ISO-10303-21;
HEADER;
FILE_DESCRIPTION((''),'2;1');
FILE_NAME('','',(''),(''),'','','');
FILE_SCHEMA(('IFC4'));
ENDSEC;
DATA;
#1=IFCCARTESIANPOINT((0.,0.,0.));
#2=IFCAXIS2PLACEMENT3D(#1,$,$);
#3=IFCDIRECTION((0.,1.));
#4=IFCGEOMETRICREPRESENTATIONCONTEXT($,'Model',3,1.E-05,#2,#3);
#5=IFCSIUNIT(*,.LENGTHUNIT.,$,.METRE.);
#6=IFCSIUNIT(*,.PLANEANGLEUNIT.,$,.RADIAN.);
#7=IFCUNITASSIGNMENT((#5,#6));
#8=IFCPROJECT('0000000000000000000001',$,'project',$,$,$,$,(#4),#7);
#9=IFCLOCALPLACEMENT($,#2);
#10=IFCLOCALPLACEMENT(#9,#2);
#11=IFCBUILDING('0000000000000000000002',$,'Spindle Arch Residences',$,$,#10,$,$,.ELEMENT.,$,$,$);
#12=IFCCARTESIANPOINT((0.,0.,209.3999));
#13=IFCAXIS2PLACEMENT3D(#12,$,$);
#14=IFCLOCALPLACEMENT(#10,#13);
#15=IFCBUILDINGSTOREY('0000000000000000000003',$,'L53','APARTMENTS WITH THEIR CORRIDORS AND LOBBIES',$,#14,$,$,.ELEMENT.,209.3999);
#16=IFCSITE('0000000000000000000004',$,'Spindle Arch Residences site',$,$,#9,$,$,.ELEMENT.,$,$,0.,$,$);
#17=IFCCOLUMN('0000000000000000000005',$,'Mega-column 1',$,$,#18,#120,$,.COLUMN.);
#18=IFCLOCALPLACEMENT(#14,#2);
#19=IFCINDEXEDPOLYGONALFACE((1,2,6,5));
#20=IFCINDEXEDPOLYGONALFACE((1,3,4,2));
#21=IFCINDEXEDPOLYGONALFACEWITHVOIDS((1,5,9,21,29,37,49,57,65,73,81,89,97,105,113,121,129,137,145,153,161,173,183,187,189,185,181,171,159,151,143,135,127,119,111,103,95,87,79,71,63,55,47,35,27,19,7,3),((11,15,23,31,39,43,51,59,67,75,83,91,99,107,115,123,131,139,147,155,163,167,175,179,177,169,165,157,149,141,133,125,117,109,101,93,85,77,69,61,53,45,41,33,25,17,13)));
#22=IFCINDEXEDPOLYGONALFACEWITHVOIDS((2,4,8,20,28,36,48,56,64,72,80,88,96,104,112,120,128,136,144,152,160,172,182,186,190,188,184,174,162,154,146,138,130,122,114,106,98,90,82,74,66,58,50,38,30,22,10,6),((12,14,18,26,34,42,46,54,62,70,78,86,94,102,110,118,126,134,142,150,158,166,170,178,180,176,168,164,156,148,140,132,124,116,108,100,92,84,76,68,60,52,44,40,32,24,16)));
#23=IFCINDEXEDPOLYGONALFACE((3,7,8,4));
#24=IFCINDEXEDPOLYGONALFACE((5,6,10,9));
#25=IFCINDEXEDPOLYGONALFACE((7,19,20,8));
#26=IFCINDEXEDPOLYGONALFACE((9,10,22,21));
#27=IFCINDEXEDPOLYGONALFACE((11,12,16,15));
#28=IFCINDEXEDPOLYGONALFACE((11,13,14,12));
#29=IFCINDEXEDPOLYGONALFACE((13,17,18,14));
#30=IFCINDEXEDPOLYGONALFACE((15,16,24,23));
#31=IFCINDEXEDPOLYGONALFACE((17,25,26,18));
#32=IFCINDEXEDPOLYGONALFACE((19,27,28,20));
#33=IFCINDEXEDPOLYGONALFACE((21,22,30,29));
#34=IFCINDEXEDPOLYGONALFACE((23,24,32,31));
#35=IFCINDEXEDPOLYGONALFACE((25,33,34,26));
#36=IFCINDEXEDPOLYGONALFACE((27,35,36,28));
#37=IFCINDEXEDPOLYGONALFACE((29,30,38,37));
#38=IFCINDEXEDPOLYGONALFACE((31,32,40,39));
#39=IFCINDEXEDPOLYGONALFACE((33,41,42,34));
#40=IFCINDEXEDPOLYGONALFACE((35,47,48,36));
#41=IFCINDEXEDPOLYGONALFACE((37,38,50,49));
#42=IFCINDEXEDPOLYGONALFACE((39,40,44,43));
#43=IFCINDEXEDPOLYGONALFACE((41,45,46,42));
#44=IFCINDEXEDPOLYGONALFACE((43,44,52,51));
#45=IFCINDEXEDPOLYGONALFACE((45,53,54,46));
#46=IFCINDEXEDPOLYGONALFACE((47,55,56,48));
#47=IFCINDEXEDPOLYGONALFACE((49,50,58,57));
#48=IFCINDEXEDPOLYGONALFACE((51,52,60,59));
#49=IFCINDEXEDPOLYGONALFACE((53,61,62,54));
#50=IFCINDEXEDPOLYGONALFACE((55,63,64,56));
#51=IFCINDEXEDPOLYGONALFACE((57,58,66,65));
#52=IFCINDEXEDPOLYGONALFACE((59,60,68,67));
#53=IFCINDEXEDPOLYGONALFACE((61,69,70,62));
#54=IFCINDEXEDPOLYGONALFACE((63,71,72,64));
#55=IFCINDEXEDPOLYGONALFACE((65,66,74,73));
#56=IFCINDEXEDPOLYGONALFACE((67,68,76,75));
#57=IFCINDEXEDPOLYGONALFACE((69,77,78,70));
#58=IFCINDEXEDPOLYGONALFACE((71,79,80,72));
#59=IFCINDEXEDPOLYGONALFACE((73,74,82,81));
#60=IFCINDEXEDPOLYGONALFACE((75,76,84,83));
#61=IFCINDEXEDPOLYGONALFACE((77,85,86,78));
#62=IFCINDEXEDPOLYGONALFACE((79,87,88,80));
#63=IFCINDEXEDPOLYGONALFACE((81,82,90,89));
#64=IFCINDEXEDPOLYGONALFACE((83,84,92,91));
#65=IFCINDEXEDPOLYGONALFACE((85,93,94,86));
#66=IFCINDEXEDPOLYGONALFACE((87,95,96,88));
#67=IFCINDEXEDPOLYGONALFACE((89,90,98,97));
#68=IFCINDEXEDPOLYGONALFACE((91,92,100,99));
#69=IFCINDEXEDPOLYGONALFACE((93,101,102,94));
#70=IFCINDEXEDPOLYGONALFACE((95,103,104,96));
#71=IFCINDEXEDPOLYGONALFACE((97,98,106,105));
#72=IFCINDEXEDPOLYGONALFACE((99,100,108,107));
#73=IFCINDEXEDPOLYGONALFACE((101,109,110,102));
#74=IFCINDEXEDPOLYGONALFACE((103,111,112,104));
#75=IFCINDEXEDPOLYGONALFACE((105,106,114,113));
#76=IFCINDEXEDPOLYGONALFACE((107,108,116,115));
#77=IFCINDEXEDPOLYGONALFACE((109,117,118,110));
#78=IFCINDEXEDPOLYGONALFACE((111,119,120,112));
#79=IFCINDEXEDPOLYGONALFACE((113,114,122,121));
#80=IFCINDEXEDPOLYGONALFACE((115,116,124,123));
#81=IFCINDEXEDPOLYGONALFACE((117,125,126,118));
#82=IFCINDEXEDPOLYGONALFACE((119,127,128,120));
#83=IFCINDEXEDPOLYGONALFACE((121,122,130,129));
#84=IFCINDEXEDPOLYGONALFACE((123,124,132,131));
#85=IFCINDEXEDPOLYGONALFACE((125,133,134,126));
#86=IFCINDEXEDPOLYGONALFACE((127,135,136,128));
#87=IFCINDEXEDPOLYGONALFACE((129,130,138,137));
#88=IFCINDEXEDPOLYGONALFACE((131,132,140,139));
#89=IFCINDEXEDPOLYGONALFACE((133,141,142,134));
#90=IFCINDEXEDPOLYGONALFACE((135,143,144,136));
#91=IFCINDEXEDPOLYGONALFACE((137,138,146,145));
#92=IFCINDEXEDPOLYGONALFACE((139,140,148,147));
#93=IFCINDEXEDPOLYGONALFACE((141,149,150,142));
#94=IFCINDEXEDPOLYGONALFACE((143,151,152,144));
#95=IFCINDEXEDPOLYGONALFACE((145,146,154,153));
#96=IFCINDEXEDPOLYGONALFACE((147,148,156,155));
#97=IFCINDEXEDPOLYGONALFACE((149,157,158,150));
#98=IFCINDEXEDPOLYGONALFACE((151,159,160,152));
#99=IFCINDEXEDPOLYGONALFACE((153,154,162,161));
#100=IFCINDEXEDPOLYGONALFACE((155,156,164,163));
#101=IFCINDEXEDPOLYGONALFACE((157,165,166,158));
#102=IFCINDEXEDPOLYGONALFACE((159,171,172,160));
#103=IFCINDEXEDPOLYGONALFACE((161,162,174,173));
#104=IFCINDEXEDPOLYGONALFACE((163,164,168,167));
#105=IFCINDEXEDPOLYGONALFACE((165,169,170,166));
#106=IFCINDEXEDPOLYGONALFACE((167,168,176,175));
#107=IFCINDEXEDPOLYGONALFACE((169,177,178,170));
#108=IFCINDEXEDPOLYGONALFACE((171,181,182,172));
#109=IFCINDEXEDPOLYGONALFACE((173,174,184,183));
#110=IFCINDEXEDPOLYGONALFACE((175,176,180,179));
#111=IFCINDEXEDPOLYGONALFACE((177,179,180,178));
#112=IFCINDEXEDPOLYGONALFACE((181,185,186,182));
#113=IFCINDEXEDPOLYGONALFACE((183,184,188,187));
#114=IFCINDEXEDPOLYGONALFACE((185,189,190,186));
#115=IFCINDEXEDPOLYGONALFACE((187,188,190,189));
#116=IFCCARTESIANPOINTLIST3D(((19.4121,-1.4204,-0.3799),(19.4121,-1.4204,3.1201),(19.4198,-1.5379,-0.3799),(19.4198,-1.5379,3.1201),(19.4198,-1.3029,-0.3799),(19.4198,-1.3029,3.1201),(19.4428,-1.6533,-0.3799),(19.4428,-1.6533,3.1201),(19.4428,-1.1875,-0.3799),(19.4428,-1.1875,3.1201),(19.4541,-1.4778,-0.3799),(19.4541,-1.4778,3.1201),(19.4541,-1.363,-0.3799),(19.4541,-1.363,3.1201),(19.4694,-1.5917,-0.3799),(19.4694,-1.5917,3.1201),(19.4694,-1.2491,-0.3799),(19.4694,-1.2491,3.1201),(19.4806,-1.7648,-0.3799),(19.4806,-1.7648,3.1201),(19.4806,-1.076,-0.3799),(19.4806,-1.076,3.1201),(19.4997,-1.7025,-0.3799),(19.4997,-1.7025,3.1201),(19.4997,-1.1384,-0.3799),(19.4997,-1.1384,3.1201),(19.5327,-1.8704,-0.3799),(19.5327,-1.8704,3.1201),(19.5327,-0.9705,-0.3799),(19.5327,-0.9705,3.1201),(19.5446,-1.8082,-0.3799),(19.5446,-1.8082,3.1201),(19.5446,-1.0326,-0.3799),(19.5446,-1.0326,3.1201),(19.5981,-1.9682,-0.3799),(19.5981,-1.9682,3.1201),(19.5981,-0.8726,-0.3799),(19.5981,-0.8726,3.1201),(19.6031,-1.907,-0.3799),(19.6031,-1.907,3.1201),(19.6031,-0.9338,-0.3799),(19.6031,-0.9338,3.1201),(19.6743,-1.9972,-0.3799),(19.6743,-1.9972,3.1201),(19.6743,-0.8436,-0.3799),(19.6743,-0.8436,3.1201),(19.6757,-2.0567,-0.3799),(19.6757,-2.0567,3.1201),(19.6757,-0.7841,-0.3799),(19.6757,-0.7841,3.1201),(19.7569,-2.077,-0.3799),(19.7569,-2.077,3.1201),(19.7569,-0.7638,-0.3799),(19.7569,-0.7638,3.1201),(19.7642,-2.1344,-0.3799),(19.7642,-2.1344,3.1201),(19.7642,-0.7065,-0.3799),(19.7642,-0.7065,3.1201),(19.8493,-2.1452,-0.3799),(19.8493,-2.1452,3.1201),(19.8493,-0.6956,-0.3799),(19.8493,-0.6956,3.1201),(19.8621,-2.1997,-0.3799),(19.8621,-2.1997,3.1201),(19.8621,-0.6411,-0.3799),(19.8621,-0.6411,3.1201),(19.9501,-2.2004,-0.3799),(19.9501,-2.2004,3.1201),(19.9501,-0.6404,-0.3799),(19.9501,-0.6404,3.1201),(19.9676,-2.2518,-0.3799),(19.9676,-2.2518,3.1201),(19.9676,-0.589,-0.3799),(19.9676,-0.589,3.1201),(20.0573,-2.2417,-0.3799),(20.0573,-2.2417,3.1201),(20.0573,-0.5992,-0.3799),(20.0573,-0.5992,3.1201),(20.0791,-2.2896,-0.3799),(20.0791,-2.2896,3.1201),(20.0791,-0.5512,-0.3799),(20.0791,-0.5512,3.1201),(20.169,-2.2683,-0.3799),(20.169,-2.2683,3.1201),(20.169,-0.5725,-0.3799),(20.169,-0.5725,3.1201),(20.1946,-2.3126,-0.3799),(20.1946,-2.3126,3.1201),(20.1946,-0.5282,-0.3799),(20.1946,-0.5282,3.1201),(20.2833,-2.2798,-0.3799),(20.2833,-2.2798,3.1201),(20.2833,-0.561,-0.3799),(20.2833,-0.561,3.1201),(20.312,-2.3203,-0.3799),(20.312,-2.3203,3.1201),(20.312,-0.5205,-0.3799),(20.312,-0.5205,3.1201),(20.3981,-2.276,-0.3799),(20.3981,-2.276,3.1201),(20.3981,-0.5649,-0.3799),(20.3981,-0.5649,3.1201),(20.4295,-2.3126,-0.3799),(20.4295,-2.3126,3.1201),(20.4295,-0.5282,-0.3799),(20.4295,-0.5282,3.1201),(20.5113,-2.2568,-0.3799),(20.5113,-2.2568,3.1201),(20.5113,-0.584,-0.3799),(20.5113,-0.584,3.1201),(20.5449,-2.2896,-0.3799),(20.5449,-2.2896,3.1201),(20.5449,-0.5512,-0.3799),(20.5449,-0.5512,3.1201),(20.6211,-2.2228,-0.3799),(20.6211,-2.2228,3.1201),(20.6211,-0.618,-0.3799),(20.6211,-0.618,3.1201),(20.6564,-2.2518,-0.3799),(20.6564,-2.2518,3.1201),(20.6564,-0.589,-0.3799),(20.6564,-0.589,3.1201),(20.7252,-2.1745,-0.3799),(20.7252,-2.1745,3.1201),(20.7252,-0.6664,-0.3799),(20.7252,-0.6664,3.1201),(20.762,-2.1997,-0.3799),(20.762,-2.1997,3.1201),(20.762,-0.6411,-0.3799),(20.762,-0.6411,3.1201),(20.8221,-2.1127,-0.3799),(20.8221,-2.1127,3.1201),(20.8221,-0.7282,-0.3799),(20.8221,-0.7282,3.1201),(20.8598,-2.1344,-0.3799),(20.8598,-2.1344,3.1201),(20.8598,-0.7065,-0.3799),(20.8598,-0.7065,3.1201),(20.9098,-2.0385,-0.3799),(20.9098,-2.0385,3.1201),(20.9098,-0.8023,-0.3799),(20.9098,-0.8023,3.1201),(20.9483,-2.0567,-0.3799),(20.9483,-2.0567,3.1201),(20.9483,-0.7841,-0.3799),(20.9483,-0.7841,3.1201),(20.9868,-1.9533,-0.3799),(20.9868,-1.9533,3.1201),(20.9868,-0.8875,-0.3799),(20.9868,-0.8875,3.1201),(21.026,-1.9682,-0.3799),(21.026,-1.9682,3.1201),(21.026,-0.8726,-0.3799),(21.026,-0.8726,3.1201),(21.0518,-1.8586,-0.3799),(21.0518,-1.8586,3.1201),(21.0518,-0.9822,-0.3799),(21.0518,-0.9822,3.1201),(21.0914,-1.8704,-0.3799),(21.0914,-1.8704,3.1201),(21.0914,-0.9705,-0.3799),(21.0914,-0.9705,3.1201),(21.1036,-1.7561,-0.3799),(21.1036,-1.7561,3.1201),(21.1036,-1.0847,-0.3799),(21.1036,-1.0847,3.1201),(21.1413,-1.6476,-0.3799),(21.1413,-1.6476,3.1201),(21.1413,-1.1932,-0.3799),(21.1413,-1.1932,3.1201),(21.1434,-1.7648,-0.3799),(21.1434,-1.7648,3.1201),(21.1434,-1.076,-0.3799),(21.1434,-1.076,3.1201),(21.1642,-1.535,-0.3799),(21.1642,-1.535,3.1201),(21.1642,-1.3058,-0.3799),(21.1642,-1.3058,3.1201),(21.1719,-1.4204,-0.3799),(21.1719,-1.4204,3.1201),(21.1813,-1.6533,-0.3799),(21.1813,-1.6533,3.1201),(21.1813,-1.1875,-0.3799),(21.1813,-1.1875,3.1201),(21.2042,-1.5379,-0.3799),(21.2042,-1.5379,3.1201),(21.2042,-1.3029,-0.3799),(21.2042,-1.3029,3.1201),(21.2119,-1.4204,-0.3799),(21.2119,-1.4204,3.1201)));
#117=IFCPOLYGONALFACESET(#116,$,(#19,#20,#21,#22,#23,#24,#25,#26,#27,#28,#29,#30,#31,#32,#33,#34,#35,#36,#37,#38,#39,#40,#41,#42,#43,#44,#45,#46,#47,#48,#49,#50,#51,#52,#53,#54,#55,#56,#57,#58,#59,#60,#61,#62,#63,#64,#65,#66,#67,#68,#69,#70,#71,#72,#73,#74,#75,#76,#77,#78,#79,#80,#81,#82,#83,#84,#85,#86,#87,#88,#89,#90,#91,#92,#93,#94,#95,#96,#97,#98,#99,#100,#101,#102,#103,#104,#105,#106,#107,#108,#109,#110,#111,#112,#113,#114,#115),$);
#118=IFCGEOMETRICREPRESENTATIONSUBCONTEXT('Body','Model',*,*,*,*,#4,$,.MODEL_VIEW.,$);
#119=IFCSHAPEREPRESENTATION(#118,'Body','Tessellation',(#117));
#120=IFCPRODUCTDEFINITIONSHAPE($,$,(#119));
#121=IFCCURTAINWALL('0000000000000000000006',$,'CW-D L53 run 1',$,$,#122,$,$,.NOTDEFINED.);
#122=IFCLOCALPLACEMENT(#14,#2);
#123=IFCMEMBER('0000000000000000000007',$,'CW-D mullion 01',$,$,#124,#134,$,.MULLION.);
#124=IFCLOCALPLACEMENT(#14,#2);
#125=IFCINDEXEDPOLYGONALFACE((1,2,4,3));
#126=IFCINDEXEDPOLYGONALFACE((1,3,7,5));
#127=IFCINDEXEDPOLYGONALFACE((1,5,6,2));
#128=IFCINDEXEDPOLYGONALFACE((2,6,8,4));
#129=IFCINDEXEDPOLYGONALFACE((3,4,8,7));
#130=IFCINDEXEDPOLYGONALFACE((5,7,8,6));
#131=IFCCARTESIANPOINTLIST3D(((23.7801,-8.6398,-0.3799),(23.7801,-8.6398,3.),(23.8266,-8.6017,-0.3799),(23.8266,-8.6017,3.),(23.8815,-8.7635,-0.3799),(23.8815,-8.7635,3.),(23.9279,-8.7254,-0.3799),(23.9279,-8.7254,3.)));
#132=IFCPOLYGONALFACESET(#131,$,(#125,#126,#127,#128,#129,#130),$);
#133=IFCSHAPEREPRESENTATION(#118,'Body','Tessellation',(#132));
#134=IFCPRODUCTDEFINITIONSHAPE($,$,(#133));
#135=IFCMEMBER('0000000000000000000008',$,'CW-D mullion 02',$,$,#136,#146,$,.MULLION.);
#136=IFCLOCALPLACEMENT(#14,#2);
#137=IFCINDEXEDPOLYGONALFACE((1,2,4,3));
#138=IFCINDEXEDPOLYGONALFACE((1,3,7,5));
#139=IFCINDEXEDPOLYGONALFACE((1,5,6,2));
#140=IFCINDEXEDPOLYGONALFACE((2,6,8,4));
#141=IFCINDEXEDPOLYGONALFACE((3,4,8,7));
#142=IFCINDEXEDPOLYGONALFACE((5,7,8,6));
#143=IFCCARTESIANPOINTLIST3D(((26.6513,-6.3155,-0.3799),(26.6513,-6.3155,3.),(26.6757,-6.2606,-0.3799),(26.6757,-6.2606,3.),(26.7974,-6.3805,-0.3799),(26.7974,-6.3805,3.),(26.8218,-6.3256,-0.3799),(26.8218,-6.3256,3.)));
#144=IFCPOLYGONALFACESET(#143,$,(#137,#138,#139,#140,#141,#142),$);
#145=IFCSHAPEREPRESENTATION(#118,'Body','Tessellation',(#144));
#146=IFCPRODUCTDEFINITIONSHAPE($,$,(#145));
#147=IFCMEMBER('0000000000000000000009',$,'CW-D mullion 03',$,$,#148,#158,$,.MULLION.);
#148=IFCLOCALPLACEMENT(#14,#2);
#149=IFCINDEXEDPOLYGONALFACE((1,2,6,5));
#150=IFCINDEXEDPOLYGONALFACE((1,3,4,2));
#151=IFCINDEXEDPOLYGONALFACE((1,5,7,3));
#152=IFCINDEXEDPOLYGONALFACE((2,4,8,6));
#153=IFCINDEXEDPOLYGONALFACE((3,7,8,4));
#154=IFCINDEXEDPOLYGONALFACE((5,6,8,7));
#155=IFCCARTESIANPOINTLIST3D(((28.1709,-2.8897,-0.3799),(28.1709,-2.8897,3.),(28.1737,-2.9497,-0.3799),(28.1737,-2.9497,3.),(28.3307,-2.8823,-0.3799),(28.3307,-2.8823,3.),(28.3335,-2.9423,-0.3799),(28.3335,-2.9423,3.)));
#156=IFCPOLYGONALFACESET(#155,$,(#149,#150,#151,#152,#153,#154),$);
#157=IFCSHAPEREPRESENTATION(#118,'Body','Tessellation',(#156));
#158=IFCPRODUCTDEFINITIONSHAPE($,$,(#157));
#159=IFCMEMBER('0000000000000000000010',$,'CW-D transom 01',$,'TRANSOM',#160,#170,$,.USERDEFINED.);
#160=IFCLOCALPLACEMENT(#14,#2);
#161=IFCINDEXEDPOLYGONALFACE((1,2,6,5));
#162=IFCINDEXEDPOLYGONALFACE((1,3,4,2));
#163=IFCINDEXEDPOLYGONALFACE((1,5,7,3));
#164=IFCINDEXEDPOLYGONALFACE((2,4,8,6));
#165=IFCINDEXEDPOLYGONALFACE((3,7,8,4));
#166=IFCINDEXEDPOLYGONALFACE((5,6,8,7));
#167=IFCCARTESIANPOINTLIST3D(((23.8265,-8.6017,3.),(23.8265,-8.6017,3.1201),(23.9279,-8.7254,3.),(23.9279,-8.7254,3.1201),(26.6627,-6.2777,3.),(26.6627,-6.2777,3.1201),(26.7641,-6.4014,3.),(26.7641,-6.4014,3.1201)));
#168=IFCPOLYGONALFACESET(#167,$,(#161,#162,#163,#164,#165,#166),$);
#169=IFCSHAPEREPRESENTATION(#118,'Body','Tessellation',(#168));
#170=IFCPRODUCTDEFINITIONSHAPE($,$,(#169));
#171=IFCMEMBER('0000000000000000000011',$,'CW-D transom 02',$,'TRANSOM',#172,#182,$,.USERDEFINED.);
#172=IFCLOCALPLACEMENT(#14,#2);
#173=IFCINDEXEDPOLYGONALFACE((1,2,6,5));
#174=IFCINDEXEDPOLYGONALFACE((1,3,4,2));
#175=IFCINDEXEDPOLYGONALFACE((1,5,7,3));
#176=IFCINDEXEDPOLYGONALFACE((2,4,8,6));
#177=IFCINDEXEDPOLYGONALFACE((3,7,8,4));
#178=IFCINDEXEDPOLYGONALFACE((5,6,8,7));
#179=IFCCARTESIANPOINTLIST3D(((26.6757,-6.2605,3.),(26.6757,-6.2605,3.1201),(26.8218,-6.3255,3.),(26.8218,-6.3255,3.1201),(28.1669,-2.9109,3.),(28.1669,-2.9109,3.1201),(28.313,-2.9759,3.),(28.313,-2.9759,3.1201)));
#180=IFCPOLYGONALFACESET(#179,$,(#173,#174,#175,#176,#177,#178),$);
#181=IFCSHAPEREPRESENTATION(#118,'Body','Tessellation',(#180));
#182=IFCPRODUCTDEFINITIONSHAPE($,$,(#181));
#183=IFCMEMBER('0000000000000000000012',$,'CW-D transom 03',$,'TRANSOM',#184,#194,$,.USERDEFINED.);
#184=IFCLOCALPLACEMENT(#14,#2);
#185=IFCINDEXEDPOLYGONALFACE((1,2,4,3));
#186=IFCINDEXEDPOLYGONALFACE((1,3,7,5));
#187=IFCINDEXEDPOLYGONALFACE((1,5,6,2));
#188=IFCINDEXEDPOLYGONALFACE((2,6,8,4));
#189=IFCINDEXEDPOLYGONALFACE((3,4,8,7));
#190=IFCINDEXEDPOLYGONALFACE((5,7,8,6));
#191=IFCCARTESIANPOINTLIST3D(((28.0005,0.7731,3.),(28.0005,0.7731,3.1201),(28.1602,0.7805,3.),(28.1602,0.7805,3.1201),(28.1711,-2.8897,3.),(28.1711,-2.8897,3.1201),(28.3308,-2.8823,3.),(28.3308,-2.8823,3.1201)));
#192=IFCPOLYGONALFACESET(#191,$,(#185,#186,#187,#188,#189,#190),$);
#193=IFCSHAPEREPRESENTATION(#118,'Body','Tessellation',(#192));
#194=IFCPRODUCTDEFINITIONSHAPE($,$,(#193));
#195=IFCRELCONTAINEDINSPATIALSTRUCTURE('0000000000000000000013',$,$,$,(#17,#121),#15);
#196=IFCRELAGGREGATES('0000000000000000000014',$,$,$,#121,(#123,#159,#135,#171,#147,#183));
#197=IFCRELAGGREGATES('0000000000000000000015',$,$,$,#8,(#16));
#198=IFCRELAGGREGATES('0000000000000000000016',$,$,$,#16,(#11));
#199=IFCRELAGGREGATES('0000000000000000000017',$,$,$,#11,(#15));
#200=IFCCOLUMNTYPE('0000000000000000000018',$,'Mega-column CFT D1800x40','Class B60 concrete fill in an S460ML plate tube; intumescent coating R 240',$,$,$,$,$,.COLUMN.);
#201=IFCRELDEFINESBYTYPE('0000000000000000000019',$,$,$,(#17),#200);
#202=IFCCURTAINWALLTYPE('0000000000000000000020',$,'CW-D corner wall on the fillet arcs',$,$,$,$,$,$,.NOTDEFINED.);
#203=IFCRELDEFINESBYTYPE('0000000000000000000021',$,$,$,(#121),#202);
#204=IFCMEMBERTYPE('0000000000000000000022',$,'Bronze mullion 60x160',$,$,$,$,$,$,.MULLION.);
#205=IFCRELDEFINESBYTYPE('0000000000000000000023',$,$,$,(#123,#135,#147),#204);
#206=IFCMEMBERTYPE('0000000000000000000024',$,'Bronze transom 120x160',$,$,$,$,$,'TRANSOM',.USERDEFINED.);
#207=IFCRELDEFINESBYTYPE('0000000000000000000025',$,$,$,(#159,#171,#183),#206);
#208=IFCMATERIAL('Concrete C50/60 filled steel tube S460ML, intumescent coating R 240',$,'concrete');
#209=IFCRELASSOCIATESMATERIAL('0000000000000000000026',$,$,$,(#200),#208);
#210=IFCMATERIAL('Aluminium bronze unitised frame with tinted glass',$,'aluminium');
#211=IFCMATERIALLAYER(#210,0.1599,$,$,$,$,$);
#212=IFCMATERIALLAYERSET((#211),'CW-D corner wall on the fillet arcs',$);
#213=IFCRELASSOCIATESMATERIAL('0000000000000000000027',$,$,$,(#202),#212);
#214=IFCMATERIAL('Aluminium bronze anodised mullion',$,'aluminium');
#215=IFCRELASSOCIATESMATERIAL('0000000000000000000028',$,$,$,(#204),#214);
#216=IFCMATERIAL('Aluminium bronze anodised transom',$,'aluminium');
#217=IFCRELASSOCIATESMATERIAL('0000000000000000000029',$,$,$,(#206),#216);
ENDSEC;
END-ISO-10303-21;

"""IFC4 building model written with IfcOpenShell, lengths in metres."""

from ifc_helpers import new_model, si_unit, direction, frame, origin, origin_2d, place, context, subcontext, project, spatial, rectangle, hollow_circle, extrude, material, layer, layer_set, material_profile, profile_set, type_object, element, aggregate, save


model = new_model("IFC4")

# Units and contexts
model_context = context("Model", 3, precision=1e-05, world=origin(), true_north=direction((0.0, 1.0)))
body_context = subcontext(model_context, "Body", "Model", "MODEL_VIEW")
ifc_project = project(units=[si_unit("LENGTHUNIT", "METRE"), si_unit("PLANEANGLEUNIT", "RADIAN")], contexts=[model_context])

# Site, building, storey
site_placement = place(None, origin())
site = spatial("IfcSite", under=ifc_project, at=site_placement, Name="Spindle Arch Residences site", CompositionType="ELEMENT", RefElevation=0.0)
building_placement = place(site_placement, origin())
building = spatial("IfcBuilding", under=site, at=building_placement, Name="Spindle Arch Residences", CompositionType="ELEMENT")
storey_placement = place(building_placement, frame((0.0, 0.0, 209.3999)))
storey = spatial("IfcBuildingStorey", under=building, at=storey_placement, Name="L53", Description="APARTMENTS WITH THEIR CORRIDORS AND LOBBIES", CompositionType="ELEMENT", Elevation=209.3999)

# Column
ifc_material_1 = material(Name="Concrete C50/60 filled steel tube S460ML, intumescent coating R 240", Category="concrete")
ifc_material_profile_1 = material_profile(ifc_material_1, hollow_circle(Radius=0.8999, WallThickness=0.04, at=origin_2d()), Name="CFT D1800x40")
ifc_profile_set_1 = profile_set([ifc_material_profile_1], Name="Concrete C50/60 filled steel tube S460ML, intumescent coating R 240")
column_type_1 = type_object("IfcColumnType", Name="Mega-column CFT D1800x40", Description="Class B60 concrete fill in an S460ML plate tube; intumescent coating R 240", PredefinedType="COLUMN", material=ifc_profile_set_1)
column_placement = place(storey_placement, frame((20.312, -1.4204, -0.3799), z_axis=(0.0, 0.0, 1.0), x_axis=(1.0, 0.0, 0.0)))
element("IfcColumn", 1, at=column_placement, inside=storey, type_object=column_type_1, Name="Mega-column 1", PredefinedType="COLUMN", context=body_context, shape_type="SweptSolid", body=[
    extrude(hollow_circle(Radius=0.8999, WallThickness=0.04, at=origin_2d()), origin(), (0.0, 0.0, 1.0), 3.5),
])

# Curtain wall, members
ifc_material_2 = material(Name="Aluminium bronze unitised frame with tinted glass", Category="aluminium")
ifc_layer_1 = layer(ifc_material_2, 0.1599)
ifc_layer_set_1 = layer_set([ifc_layer_1], Name="CW-D corner wall on the fillet arcs")
curtain_wall_type = type_object("IfcCurtainWallType", Name="CW-D corner wall on the fillet arcs", PredefinedType="NOTDEFINED", material=ifc_layer_set_1)
curtain_wall_placement = place(storey_placement, origin())
curtain_wall = element("IfcCurtainWall", 2, at=curtain_wall_placement, inside=storey, type_object=curtain_wall_type, Name="CW-D L53 run 1", PredefinedType="NOTDEFINED")
ifc_material_3 = material(Name="Aluminium bronze anodised mullion", Category="aluminium")
ifc_material_profile_2 = material_profile(ifc_material_3, rectangle(XDim=0.1599, YDim=0.0601, at=origin_2d()), Name="MU 60x160")
ifc_profile_set_2 = profile_set([ifc_material_profile_2], Name="Aluminium bronze anodised mullion")
member_type_1 = type_object("IfcMemberType", Name="Bronze mullion 60x160", PredefinedType="MULLION", material=ifc_profile_set_2)
member_1_placement = place(storey_placement, frame((23.854, -8.6826, -0.3799), z_axis=(0.0, 0.0, 1.0), x_axis=(-0.633831, 0.773472, 0.0)))
member_1 = element("IfcMember", 3, at=member_1_placement, type_object=member_type_1, Name="CW-D mullion 01", PredefinedType="MULLION", context=body_context, shape_type="SweptSolid", body=[
    extrude(rectangle(XDim=0.1599, YDim=0.0601, at=origin_2d()), origin(), (0.0, 0.0, 1.0), 3.3799),
])
member_2_placement = place(storey_placement, frame((26.7366, -6.3206, -0.3799), z_axis=(0.0, 0.0, 1.0), x_axis=(-0.913545, 0.406737, 0.0)))
member_2 = element("IfcMember", 4, at=member_2_placement, type_object=member_type_1, Name="CW-D mullion 02", PredefinedType="MULLION", context=body_context, shape_type="SweptSolid", body=[
    extrude(rectangle(XDim=0.1599, YDim=0.0601, at=origin_2d()), origin(), (0.0, 0.0, 1.0), 3.3799),
])
member_3_placement = place(storey_placement, frame((28.2522, -2.916, -0.3799), z_axis=(0.0, 0.0, 1.0), x_axis=(-0.998917, -0.046525, 0.0)))
member_3 = element("IfcMember", 5, at=member_3_placement, type_object=member_type_1, Name="CW-D mullion 03", PredefinedType="MULLION", context=body_context, shape_type="SweptSolid", body=[
    extrude(rectangle(XDim=0.1599, YDim=0.0601, at=origin_2d()), origin(), (0.0, 0.0, 1.0), 3.3799),
])
ifc_material_4 = material(Name="Aluminium bronze anodised transom", Category="aluminium")
ifc_material_profile_3 = material_profile(ifc_material_4, rectangle(XDim=0.1599, YDim=0.1201, at=origin_2d()), Name="TR 120x160")
ifc_profile_set_3 = profile_set([ifc_material_profile_3], Name="Aluminium bronze anodised transom")
member_type_2 = type_object("IfcMemberType", Name="Bronze transom 120x160", ElementType="TRANSOM", PredefinedType="USERDEFINED", material=ifc_profile_set_3)
member_4_placement = place(storey_placement, frame((23.8772, -8.6636, 3.0601), z_axis=(0.773494, 0.633803, 0.0), x_axis=(-0.633803, 0.773494, 0.0)))
member_4 = element("IfcMember", 6, at=member_4_placement, type_object=member_type_2, Name="CW-D transom 01", ObjectType="TRANSOM", PredefinedType="USERDEFINED", context=body_context, shape_type="SweptSolid", body=[
    extrude(rectangle(XDim=0.1599, YDim=0.1201, at=origin_2d()), origin(), (0.0, 0.0, 1.0), 3.6667),
])
member_5_placement = place(storey_placement, frame((26.7488, -6.293, 3.0601), z_axis=(0.406707, 0.913559, 0.0), x_axis=(-0.913559, 0.406707, 0.0)))
member_5 = element("IfcMember", 7, at=member_5_placement, type_object=member_type_2, Name="CW-D transom 02", ObjectType="TRANSOM", PredefinedType="USERDEFINED", context=body_context, shape_type="SweptSolid", body=[
    extrude(rectangle(XDim=0.1599, YDim=0.1201, at=origin_2d()), origin(), (0.0, 0.0, 1.0), 3.6665),
])
member_6_placement = place(storey_placement, frame((28.251, -2.886, 3.0601), z_axis=(-0.04654, 0.998916, 0.0), x_axis=(-0.998916, -0.04654, 0.0)))
member_6 = element("IfcMember", 8, at=member_6_placement, type_object=member_type_2, Name="CW-D transom 03", ObjectType="TRANSOM", PredefinedType="USERDEFINED", context=body_context, shape_type="SweptSolid", body=[
    extrude(rectangle(XDim=0.1599, YDim=0.1201, at=origin_2d()), origin(), (0.0, 0.0, 1.0), 3.6667),
])

aggregate(curtain_wall, [member_1, member_4, member_2, member_5, member_3, member_6])

save(model, "model.ifc")
